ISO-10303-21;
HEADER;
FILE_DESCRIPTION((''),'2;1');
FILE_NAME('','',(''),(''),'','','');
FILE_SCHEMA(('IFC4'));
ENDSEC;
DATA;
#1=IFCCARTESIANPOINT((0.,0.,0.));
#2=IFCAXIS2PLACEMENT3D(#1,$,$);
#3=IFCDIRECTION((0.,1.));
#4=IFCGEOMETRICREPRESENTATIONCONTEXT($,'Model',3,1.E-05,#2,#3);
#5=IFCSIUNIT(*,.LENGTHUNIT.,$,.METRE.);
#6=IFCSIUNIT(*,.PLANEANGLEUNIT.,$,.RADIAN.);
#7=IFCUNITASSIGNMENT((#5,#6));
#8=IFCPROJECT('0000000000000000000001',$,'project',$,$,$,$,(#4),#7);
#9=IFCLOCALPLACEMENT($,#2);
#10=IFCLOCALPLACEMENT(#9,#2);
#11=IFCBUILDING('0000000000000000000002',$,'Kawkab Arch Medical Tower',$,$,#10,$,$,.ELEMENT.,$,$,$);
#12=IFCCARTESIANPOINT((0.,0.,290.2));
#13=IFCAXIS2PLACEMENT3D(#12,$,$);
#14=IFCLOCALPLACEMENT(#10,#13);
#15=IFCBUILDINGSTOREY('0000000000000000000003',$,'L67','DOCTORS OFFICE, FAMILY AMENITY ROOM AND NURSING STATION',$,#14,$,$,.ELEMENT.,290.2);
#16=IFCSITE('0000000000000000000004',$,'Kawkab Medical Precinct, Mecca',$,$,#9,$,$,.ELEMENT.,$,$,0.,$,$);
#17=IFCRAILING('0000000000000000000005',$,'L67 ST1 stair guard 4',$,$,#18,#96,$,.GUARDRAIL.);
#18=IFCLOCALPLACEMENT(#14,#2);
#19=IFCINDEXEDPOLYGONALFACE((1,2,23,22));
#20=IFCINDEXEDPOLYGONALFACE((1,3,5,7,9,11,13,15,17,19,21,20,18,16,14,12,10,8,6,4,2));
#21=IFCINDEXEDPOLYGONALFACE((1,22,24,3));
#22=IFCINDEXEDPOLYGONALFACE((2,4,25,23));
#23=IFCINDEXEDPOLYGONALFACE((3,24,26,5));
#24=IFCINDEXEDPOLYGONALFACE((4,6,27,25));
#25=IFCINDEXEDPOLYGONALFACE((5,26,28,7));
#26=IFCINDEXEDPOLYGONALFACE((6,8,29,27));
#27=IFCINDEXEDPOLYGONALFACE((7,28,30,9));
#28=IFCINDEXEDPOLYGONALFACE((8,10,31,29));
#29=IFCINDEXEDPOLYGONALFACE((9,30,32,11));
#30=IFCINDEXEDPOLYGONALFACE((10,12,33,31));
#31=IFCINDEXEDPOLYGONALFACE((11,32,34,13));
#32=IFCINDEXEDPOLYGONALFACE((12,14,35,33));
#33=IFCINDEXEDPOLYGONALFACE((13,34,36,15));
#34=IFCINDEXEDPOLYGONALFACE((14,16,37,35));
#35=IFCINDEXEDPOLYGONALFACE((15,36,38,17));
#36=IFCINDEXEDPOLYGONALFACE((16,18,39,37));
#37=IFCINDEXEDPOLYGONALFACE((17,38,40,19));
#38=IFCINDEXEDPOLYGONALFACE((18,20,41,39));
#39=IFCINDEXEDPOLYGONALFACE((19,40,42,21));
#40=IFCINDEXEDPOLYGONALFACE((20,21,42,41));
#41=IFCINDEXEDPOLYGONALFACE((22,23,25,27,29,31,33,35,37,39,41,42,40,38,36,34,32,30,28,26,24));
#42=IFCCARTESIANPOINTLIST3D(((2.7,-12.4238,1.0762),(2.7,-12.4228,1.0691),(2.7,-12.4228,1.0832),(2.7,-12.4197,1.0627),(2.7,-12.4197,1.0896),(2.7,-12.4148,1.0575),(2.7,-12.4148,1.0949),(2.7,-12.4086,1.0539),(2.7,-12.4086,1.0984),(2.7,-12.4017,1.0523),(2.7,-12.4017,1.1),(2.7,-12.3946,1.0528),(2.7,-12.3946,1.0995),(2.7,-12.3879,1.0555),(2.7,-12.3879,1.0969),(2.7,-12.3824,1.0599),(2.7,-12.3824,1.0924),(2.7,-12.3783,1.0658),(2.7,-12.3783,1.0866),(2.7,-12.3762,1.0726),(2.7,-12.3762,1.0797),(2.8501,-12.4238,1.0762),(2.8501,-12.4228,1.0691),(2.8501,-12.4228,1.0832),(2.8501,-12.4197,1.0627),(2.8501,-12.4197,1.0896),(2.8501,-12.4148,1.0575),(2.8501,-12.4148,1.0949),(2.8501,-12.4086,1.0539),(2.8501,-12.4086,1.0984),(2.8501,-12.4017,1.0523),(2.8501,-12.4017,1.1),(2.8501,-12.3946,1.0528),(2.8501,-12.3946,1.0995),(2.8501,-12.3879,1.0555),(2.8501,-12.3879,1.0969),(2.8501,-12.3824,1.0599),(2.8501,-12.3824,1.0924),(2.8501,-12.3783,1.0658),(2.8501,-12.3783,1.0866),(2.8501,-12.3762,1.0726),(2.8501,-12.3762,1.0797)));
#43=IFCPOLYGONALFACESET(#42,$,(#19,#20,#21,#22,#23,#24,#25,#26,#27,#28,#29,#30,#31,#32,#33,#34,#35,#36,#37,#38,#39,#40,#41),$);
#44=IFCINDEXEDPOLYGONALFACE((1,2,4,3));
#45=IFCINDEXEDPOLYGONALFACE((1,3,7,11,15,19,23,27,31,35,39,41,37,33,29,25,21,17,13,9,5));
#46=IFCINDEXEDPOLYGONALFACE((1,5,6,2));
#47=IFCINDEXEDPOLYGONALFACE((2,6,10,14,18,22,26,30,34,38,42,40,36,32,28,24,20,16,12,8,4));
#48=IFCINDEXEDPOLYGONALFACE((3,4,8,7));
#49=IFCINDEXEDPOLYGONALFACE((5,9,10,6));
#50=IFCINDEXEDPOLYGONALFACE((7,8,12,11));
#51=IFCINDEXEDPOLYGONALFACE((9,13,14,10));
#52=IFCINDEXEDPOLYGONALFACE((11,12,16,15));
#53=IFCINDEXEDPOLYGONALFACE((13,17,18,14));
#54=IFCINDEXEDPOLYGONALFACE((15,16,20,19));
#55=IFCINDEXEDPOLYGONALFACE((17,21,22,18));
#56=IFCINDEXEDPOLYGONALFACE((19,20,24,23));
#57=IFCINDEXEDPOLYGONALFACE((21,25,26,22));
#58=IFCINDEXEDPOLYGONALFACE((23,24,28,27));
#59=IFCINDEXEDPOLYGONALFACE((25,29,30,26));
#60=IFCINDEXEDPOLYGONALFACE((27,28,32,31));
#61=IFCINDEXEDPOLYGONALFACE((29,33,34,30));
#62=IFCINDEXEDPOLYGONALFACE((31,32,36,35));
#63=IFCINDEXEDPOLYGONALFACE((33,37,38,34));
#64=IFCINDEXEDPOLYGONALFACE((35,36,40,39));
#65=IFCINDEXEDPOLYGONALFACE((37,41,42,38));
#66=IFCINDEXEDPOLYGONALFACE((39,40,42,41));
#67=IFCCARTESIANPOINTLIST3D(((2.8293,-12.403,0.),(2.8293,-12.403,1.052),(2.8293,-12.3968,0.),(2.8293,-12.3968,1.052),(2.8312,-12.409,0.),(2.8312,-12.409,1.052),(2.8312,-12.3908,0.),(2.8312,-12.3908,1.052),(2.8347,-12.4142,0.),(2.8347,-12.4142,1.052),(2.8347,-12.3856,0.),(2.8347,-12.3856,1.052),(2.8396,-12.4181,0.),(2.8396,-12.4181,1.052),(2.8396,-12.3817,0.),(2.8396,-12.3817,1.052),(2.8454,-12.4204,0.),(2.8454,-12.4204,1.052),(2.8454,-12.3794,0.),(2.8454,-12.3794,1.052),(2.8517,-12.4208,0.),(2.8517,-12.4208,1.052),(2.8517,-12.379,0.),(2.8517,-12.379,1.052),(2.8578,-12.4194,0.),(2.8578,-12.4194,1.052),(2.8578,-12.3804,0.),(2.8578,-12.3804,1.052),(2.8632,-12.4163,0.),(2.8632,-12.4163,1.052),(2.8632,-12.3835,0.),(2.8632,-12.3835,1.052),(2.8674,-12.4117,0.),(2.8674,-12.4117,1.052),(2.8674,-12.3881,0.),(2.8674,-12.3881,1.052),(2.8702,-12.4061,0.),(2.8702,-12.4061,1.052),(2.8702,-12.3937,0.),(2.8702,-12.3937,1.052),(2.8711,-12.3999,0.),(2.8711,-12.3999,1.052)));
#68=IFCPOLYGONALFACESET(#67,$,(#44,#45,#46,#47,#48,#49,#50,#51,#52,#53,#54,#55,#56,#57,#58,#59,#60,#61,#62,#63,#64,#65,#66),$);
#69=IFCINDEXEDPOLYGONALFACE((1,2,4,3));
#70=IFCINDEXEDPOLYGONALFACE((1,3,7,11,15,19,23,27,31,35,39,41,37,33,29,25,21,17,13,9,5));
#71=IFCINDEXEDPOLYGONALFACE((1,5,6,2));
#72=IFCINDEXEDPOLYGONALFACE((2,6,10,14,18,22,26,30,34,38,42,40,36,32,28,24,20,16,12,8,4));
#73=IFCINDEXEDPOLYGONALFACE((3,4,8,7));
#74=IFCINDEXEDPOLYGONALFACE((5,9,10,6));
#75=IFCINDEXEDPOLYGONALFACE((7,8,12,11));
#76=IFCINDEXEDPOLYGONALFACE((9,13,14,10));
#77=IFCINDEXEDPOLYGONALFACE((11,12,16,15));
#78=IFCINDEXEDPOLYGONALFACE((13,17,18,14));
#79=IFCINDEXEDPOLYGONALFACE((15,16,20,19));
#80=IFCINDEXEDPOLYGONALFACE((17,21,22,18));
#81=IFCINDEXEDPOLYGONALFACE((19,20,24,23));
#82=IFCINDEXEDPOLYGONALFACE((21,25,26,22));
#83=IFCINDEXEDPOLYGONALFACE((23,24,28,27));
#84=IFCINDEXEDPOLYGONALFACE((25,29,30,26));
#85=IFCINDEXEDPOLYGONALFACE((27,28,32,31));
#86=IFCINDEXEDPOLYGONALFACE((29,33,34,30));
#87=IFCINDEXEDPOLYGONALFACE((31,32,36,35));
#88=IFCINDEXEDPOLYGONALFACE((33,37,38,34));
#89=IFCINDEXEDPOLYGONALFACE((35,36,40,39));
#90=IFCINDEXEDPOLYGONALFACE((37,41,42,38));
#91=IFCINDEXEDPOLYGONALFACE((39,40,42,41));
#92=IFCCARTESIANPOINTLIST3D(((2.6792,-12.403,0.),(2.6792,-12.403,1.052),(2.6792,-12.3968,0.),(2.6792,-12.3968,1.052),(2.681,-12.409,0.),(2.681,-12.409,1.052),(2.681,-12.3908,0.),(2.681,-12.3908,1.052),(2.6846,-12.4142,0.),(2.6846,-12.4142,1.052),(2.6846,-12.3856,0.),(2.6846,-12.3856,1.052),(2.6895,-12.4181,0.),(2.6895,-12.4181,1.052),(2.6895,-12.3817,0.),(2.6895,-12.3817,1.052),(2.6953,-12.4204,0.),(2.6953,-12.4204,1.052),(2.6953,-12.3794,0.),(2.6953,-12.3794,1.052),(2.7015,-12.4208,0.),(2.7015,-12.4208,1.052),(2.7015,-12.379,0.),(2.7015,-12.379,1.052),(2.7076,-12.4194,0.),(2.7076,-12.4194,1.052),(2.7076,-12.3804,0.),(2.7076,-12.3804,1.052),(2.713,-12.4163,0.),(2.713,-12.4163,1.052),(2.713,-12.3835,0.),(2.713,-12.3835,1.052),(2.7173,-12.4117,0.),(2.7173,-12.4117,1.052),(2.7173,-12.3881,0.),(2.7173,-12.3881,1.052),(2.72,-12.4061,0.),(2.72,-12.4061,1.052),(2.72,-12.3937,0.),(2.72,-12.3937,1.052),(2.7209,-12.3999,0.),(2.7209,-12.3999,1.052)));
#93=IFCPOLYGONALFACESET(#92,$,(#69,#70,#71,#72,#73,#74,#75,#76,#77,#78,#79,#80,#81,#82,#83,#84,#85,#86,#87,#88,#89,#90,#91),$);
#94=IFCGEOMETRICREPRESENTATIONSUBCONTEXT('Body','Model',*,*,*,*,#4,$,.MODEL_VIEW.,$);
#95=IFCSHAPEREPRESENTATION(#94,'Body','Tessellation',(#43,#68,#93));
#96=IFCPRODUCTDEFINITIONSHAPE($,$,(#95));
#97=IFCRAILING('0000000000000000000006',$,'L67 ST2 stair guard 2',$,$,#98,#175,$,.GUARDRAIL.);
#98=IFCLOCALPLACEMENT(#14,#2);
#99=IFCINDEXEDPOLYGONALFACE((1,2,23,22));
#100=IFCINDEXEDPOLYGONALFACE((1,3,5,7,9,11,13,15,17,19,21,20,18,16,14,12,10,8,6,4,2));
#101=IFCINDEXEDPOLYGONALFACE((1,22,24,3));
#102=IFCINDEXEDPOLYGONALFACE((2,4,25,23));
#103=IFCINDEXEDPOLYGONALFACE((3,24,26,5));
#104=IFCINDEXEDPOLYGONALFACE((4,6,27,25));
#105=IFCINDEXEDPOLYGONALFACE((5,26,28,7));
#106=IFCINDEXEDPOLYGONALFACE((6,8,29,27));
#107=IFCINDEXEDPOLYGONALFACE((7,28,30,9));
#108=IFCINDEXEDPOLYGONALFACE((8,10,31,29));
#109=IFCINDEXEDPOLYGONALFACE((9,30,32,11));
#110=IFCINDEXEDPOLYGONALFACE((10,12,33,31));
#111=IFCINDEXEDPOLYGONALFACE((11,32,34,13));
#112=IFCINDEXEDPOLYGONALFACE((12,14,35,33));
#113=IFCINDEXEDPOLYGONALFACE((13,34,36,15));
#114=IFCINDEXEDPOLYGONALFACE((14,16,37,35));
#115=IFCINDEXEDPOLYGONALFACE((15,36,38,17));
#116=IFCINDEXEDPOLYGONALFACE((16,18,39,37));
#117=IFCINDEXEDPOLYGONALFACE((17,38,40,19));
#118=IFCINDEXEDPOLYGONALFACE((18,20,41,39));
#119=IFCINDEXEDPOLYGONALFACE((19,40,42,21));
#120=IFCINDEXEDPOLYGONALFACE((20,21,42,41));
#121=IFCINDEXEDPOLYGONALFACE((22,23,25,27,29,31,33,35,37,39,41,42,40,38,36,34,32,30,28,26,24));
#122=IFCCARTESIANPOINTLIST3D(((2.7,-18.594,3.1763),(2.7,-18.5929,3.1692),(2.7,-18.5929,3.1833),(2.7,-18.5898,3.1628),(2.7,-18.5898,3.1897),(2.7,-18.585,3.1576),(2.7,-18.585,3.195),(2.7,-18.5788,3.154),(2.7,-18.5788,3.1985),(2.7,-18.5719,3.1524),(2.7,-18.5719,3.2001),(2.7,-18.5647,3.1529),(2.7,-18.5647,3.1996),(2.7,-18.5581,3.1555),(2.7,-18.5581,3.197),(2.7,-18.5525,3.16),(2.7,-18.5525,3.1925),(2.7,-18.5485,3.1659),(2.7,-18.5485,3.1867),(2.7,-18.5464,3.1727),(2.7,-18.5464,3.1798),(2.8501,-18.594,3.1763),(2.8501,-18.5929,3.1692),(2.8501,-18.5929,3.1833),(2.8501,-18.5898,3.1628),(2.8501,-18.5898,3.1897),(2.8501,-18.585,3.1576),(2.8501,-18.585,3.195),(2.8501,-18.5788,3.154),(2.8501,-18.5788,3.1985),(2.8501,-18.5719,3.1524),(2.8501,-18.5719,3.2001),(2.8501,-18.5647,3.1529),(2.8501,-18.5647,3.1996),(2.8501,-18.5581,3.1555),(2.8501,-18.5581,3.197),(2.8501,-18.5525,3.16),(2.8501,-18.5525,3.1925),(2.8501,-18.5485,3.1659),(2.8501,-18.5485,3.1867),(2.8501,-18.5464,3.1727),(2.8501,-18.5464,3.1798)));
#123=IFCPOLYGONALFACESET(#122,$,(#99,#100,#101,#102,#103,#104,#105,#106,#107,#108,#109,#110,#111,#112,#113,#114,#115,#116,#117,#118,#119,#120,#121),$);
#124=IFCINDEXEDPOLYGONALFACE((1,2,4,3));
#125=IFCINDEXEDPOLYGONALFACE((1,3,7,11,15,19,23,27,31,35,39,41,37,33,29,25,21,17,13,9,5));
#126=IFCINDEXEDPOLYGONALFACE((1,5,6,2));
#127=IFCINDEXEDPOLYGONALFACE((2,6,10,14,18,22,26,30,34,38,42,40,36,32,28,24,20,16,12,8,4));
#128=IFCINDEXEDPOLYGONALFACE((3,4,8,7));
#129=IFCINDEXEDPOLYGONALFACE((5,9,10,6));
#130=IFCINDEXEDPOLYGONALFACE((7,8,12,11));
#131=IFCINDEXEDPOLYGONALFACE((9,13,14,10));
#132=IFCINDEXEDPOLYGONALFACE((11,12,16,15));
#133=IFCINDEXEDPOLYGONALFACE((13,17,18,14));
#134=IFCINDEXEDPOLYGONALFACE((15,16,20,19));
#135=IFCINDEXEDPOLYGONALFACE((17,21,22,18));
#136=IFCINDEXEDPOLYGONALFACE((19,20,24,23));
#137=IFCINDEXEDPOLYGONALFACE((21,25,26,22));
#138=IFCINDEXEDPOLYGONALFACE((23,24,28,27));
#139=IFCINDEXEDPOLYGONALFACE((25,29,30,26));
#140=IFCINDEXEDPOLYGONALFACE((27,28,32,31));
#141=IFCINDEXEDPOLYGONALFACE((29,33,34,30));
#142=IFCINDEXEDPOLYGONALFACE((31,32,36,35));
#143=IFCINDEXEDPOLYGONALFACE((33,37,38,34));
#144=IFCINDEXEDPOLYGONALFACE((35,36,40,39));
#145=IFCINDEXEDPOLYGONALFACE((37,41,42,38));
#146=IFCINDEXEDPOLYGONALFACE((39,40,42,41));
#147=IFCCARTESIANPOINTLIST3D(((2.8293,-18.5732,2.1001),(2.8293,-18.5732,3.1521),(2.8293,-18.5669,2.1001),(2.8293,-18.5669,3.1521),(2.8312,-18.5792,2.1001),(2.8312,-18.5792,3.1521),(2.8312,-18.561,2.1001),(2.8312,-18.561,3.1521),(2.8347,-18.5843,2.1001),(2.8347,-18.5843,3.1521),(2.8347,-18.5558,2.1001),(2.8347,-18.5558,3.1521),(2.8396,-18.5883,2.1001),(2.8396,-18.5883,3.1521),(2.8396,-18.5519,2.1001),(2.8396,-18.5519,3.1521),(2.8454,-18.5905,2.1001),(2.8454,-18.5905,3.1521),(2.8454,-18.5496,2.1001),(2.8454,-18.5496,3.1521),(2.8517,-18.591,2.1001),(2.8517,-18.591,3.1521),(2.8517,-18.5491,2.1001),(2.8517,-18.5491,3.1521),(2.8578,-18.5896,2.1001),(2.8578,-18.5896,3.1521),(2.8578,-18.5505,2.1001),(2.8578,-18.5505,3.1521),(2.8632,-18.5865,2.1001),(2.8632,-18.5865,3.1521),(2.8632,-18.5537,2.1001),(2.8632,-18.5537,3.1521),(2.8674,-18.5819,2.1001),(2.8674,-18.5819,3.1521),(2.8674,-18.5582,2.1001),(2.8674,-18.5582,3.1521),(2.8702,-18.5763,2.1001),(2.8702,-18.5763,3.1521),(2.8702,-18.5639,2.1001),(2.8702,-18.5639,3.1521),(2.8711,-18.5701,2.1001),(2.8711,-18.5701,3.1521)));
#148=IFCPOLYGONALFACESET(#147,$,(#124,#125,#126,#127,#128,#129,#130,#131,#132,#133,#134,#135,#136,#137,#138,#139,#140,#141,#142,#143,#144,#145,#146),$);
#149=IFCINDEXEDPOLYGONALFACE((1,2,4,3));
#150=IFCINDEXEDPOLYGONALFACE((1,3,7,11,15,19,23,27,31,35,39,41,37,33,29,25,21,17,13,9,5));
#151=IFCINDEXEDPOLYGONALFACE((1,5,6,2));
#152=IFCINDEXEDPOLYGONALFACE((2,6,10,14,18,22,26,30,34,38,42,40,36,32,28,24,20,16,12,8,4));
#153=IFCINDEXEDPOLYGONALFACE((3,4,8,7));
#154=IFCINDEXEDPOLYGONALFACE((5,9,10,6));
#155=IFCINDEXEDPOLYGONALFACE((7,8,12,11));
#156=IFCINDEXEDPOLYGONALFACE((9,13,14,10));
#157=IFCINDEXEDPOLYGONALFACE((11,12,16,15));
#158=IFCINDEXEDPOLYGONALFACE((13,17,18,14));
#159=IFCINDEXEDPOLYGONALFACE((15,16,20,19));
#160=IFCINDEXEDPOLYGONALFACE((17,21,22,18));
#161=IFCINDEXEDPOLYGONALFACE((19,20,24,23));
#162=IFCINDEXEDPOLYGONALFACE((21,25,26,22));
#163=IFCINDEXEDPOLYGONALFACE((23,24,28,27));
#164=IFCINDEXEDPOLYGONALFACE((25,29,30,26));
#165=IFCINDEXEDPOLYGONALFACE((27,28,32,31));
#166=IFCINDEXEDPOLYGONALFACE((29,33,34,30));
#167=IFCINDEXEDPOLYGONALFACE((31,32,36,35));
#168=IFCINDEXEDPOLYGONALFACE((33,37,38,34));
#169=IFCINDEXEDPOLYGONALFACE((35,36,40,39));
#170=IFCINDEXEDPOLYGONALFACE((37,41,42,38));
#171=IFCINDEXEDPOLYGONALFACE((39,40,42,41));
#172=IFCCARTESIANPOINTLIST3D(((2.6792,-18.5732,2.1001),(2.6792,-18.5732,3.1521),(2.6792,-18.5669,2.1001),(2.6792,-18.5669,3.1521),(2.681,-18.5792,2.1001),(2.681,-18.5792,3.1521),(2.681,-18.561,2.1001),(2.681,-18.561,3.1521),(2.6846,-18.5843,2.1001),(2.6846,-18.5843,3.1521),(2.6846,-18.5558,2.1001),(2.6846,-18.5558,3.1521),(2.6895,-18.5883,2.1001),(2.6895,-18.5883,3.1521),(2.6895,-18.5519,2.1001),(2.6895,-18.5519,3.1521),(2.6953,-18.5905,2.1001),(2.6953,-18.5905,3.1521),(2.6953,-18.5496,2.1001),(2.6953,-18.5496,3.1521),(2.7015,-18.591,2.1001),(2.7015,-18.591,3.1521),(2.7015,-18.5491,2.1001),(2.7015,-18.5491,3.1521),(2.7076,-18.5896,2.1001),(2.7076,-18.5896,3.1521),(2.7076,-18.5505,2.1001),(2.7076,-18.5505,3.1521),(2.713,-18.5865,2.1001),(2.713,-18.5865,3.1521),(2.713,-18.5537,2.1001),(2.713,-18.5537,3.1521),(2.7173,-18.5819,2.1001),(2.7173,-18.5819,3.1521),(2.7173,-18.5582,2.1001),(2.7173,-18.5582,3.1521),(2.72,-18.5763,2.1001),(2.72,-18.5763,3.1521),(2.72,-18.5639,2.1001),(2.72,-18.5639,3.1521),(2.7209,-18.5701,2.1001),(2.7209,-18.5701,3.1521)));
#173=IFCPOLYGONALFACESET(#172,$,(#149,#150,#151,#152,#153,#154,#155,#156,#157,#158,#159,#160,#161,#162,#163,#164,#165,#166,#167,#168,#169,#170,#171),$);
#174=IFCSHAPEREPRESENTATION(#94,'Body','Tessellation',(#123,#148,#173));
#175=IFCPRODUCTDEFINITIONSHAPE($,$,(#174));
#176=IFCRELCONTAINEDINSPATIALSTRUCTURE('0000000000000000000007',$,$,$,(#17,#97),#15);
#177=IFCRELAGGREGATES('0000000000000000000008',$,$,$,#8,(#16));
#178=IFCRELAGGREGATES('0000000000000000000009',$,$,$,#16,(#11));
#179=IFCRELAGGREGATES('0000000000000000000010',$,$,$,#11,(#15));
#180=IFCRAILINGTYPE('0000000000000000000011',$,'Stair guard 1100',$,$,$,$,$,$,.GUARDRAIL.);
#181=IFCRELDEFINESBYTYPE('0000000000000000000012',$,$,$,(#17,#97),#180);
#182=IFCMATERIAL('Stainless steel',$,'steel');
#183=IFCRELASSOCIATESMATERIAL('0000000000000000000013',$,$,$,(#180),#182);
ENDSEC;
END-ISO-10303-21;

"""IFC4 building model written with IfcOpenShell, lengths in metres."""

from ifc_helpers import new_model, si_unit, direction, frame, origin, origin_2d, place, context, subcontext, project, spatial, circle, extrude, material, type_object, element, save


model = new_model("IFC4")

# Units and contexts
model_context = context("Model", 3, precision=1e-05, world=origin(), true_north=direction((0.0, 1.0)))
body_context = subcontext(model_context, "Body", "Model", "MODEL_VIEW")
ifc_project = project(units=[si_unit("LENGTHUNIT", "METRE"), si_unit("PLANEANGLEUNIT", "RADIAN")], contexts=[model_context])

# Site, building, storey
site_placement = place(None, origin())
site = spatial("IfcSite", under=ifc_project, at=site_placement, Name="Kawkab Medical Precinct, Mecca", CompositionType="ELEMENT", RefElevation=0.0)
building_placement = place(site_placement, origin())
building = spatial("IfcBuilding", under=site, at=building_placement, Name="Kawkab Arch Medical Tower", CompositionType="ELEMENT")
storey_placement = place(building_placement, frame((0.0, 0.0, 290.2)))
storey = spatial("IfcBuildingStorey", under=building, at=storey_placement, Name="L67", Description="DOCTORS OFFICE, FAMILY AMENITY ROOM AND NURSING STATION", CompositionType="ELEMENT", Elevation=290.2)

# Railings
ifc_material_1 = material(Name="Stainless steel", Category="steel")
railing_type = type_object("IfcRailingType", Name="Stair guard 1100", PredefinedType="GUARDRAIL", material=ifc_material_1)
for number, where, name in (
    (1, (2.8501, -12.3999, 0.0), "L67 ST1 stair guard 4"),
    (2, (2.8501, -18.5701, 2.1001), "L67 ST2 stair guard 2"),
):
    element("IfcRailing", number, at=place(storey_placement, frame(where)), inside=storey, type_object=railing_type, Name=name, PredefinedType="GUARDRAIL", context=body_context, shape_type="SweptSolid", body=[
        extrude(circle(Radius=0.0239, at=origin_2d()), frame((0.0, 0.0, 1.0762), z_axis=(-1.0, 0.0, 0.0), x_axis=(0.0, -1.0, 0.0)), (0.0, 0.0, 1.0), 0.1501),
        extrude(circle(Radius=0.021, at=origin_2d()), origin(), (0.0, 0.0, 1.0), 1.052),
        extrude(circle(Radius=0.021, at=origin_2d()), frame((-0.1501, 0.0, 0.0)), (0.0, 0.0, 1.0), 1.052),
    ])

save(model, "model.ifc")
